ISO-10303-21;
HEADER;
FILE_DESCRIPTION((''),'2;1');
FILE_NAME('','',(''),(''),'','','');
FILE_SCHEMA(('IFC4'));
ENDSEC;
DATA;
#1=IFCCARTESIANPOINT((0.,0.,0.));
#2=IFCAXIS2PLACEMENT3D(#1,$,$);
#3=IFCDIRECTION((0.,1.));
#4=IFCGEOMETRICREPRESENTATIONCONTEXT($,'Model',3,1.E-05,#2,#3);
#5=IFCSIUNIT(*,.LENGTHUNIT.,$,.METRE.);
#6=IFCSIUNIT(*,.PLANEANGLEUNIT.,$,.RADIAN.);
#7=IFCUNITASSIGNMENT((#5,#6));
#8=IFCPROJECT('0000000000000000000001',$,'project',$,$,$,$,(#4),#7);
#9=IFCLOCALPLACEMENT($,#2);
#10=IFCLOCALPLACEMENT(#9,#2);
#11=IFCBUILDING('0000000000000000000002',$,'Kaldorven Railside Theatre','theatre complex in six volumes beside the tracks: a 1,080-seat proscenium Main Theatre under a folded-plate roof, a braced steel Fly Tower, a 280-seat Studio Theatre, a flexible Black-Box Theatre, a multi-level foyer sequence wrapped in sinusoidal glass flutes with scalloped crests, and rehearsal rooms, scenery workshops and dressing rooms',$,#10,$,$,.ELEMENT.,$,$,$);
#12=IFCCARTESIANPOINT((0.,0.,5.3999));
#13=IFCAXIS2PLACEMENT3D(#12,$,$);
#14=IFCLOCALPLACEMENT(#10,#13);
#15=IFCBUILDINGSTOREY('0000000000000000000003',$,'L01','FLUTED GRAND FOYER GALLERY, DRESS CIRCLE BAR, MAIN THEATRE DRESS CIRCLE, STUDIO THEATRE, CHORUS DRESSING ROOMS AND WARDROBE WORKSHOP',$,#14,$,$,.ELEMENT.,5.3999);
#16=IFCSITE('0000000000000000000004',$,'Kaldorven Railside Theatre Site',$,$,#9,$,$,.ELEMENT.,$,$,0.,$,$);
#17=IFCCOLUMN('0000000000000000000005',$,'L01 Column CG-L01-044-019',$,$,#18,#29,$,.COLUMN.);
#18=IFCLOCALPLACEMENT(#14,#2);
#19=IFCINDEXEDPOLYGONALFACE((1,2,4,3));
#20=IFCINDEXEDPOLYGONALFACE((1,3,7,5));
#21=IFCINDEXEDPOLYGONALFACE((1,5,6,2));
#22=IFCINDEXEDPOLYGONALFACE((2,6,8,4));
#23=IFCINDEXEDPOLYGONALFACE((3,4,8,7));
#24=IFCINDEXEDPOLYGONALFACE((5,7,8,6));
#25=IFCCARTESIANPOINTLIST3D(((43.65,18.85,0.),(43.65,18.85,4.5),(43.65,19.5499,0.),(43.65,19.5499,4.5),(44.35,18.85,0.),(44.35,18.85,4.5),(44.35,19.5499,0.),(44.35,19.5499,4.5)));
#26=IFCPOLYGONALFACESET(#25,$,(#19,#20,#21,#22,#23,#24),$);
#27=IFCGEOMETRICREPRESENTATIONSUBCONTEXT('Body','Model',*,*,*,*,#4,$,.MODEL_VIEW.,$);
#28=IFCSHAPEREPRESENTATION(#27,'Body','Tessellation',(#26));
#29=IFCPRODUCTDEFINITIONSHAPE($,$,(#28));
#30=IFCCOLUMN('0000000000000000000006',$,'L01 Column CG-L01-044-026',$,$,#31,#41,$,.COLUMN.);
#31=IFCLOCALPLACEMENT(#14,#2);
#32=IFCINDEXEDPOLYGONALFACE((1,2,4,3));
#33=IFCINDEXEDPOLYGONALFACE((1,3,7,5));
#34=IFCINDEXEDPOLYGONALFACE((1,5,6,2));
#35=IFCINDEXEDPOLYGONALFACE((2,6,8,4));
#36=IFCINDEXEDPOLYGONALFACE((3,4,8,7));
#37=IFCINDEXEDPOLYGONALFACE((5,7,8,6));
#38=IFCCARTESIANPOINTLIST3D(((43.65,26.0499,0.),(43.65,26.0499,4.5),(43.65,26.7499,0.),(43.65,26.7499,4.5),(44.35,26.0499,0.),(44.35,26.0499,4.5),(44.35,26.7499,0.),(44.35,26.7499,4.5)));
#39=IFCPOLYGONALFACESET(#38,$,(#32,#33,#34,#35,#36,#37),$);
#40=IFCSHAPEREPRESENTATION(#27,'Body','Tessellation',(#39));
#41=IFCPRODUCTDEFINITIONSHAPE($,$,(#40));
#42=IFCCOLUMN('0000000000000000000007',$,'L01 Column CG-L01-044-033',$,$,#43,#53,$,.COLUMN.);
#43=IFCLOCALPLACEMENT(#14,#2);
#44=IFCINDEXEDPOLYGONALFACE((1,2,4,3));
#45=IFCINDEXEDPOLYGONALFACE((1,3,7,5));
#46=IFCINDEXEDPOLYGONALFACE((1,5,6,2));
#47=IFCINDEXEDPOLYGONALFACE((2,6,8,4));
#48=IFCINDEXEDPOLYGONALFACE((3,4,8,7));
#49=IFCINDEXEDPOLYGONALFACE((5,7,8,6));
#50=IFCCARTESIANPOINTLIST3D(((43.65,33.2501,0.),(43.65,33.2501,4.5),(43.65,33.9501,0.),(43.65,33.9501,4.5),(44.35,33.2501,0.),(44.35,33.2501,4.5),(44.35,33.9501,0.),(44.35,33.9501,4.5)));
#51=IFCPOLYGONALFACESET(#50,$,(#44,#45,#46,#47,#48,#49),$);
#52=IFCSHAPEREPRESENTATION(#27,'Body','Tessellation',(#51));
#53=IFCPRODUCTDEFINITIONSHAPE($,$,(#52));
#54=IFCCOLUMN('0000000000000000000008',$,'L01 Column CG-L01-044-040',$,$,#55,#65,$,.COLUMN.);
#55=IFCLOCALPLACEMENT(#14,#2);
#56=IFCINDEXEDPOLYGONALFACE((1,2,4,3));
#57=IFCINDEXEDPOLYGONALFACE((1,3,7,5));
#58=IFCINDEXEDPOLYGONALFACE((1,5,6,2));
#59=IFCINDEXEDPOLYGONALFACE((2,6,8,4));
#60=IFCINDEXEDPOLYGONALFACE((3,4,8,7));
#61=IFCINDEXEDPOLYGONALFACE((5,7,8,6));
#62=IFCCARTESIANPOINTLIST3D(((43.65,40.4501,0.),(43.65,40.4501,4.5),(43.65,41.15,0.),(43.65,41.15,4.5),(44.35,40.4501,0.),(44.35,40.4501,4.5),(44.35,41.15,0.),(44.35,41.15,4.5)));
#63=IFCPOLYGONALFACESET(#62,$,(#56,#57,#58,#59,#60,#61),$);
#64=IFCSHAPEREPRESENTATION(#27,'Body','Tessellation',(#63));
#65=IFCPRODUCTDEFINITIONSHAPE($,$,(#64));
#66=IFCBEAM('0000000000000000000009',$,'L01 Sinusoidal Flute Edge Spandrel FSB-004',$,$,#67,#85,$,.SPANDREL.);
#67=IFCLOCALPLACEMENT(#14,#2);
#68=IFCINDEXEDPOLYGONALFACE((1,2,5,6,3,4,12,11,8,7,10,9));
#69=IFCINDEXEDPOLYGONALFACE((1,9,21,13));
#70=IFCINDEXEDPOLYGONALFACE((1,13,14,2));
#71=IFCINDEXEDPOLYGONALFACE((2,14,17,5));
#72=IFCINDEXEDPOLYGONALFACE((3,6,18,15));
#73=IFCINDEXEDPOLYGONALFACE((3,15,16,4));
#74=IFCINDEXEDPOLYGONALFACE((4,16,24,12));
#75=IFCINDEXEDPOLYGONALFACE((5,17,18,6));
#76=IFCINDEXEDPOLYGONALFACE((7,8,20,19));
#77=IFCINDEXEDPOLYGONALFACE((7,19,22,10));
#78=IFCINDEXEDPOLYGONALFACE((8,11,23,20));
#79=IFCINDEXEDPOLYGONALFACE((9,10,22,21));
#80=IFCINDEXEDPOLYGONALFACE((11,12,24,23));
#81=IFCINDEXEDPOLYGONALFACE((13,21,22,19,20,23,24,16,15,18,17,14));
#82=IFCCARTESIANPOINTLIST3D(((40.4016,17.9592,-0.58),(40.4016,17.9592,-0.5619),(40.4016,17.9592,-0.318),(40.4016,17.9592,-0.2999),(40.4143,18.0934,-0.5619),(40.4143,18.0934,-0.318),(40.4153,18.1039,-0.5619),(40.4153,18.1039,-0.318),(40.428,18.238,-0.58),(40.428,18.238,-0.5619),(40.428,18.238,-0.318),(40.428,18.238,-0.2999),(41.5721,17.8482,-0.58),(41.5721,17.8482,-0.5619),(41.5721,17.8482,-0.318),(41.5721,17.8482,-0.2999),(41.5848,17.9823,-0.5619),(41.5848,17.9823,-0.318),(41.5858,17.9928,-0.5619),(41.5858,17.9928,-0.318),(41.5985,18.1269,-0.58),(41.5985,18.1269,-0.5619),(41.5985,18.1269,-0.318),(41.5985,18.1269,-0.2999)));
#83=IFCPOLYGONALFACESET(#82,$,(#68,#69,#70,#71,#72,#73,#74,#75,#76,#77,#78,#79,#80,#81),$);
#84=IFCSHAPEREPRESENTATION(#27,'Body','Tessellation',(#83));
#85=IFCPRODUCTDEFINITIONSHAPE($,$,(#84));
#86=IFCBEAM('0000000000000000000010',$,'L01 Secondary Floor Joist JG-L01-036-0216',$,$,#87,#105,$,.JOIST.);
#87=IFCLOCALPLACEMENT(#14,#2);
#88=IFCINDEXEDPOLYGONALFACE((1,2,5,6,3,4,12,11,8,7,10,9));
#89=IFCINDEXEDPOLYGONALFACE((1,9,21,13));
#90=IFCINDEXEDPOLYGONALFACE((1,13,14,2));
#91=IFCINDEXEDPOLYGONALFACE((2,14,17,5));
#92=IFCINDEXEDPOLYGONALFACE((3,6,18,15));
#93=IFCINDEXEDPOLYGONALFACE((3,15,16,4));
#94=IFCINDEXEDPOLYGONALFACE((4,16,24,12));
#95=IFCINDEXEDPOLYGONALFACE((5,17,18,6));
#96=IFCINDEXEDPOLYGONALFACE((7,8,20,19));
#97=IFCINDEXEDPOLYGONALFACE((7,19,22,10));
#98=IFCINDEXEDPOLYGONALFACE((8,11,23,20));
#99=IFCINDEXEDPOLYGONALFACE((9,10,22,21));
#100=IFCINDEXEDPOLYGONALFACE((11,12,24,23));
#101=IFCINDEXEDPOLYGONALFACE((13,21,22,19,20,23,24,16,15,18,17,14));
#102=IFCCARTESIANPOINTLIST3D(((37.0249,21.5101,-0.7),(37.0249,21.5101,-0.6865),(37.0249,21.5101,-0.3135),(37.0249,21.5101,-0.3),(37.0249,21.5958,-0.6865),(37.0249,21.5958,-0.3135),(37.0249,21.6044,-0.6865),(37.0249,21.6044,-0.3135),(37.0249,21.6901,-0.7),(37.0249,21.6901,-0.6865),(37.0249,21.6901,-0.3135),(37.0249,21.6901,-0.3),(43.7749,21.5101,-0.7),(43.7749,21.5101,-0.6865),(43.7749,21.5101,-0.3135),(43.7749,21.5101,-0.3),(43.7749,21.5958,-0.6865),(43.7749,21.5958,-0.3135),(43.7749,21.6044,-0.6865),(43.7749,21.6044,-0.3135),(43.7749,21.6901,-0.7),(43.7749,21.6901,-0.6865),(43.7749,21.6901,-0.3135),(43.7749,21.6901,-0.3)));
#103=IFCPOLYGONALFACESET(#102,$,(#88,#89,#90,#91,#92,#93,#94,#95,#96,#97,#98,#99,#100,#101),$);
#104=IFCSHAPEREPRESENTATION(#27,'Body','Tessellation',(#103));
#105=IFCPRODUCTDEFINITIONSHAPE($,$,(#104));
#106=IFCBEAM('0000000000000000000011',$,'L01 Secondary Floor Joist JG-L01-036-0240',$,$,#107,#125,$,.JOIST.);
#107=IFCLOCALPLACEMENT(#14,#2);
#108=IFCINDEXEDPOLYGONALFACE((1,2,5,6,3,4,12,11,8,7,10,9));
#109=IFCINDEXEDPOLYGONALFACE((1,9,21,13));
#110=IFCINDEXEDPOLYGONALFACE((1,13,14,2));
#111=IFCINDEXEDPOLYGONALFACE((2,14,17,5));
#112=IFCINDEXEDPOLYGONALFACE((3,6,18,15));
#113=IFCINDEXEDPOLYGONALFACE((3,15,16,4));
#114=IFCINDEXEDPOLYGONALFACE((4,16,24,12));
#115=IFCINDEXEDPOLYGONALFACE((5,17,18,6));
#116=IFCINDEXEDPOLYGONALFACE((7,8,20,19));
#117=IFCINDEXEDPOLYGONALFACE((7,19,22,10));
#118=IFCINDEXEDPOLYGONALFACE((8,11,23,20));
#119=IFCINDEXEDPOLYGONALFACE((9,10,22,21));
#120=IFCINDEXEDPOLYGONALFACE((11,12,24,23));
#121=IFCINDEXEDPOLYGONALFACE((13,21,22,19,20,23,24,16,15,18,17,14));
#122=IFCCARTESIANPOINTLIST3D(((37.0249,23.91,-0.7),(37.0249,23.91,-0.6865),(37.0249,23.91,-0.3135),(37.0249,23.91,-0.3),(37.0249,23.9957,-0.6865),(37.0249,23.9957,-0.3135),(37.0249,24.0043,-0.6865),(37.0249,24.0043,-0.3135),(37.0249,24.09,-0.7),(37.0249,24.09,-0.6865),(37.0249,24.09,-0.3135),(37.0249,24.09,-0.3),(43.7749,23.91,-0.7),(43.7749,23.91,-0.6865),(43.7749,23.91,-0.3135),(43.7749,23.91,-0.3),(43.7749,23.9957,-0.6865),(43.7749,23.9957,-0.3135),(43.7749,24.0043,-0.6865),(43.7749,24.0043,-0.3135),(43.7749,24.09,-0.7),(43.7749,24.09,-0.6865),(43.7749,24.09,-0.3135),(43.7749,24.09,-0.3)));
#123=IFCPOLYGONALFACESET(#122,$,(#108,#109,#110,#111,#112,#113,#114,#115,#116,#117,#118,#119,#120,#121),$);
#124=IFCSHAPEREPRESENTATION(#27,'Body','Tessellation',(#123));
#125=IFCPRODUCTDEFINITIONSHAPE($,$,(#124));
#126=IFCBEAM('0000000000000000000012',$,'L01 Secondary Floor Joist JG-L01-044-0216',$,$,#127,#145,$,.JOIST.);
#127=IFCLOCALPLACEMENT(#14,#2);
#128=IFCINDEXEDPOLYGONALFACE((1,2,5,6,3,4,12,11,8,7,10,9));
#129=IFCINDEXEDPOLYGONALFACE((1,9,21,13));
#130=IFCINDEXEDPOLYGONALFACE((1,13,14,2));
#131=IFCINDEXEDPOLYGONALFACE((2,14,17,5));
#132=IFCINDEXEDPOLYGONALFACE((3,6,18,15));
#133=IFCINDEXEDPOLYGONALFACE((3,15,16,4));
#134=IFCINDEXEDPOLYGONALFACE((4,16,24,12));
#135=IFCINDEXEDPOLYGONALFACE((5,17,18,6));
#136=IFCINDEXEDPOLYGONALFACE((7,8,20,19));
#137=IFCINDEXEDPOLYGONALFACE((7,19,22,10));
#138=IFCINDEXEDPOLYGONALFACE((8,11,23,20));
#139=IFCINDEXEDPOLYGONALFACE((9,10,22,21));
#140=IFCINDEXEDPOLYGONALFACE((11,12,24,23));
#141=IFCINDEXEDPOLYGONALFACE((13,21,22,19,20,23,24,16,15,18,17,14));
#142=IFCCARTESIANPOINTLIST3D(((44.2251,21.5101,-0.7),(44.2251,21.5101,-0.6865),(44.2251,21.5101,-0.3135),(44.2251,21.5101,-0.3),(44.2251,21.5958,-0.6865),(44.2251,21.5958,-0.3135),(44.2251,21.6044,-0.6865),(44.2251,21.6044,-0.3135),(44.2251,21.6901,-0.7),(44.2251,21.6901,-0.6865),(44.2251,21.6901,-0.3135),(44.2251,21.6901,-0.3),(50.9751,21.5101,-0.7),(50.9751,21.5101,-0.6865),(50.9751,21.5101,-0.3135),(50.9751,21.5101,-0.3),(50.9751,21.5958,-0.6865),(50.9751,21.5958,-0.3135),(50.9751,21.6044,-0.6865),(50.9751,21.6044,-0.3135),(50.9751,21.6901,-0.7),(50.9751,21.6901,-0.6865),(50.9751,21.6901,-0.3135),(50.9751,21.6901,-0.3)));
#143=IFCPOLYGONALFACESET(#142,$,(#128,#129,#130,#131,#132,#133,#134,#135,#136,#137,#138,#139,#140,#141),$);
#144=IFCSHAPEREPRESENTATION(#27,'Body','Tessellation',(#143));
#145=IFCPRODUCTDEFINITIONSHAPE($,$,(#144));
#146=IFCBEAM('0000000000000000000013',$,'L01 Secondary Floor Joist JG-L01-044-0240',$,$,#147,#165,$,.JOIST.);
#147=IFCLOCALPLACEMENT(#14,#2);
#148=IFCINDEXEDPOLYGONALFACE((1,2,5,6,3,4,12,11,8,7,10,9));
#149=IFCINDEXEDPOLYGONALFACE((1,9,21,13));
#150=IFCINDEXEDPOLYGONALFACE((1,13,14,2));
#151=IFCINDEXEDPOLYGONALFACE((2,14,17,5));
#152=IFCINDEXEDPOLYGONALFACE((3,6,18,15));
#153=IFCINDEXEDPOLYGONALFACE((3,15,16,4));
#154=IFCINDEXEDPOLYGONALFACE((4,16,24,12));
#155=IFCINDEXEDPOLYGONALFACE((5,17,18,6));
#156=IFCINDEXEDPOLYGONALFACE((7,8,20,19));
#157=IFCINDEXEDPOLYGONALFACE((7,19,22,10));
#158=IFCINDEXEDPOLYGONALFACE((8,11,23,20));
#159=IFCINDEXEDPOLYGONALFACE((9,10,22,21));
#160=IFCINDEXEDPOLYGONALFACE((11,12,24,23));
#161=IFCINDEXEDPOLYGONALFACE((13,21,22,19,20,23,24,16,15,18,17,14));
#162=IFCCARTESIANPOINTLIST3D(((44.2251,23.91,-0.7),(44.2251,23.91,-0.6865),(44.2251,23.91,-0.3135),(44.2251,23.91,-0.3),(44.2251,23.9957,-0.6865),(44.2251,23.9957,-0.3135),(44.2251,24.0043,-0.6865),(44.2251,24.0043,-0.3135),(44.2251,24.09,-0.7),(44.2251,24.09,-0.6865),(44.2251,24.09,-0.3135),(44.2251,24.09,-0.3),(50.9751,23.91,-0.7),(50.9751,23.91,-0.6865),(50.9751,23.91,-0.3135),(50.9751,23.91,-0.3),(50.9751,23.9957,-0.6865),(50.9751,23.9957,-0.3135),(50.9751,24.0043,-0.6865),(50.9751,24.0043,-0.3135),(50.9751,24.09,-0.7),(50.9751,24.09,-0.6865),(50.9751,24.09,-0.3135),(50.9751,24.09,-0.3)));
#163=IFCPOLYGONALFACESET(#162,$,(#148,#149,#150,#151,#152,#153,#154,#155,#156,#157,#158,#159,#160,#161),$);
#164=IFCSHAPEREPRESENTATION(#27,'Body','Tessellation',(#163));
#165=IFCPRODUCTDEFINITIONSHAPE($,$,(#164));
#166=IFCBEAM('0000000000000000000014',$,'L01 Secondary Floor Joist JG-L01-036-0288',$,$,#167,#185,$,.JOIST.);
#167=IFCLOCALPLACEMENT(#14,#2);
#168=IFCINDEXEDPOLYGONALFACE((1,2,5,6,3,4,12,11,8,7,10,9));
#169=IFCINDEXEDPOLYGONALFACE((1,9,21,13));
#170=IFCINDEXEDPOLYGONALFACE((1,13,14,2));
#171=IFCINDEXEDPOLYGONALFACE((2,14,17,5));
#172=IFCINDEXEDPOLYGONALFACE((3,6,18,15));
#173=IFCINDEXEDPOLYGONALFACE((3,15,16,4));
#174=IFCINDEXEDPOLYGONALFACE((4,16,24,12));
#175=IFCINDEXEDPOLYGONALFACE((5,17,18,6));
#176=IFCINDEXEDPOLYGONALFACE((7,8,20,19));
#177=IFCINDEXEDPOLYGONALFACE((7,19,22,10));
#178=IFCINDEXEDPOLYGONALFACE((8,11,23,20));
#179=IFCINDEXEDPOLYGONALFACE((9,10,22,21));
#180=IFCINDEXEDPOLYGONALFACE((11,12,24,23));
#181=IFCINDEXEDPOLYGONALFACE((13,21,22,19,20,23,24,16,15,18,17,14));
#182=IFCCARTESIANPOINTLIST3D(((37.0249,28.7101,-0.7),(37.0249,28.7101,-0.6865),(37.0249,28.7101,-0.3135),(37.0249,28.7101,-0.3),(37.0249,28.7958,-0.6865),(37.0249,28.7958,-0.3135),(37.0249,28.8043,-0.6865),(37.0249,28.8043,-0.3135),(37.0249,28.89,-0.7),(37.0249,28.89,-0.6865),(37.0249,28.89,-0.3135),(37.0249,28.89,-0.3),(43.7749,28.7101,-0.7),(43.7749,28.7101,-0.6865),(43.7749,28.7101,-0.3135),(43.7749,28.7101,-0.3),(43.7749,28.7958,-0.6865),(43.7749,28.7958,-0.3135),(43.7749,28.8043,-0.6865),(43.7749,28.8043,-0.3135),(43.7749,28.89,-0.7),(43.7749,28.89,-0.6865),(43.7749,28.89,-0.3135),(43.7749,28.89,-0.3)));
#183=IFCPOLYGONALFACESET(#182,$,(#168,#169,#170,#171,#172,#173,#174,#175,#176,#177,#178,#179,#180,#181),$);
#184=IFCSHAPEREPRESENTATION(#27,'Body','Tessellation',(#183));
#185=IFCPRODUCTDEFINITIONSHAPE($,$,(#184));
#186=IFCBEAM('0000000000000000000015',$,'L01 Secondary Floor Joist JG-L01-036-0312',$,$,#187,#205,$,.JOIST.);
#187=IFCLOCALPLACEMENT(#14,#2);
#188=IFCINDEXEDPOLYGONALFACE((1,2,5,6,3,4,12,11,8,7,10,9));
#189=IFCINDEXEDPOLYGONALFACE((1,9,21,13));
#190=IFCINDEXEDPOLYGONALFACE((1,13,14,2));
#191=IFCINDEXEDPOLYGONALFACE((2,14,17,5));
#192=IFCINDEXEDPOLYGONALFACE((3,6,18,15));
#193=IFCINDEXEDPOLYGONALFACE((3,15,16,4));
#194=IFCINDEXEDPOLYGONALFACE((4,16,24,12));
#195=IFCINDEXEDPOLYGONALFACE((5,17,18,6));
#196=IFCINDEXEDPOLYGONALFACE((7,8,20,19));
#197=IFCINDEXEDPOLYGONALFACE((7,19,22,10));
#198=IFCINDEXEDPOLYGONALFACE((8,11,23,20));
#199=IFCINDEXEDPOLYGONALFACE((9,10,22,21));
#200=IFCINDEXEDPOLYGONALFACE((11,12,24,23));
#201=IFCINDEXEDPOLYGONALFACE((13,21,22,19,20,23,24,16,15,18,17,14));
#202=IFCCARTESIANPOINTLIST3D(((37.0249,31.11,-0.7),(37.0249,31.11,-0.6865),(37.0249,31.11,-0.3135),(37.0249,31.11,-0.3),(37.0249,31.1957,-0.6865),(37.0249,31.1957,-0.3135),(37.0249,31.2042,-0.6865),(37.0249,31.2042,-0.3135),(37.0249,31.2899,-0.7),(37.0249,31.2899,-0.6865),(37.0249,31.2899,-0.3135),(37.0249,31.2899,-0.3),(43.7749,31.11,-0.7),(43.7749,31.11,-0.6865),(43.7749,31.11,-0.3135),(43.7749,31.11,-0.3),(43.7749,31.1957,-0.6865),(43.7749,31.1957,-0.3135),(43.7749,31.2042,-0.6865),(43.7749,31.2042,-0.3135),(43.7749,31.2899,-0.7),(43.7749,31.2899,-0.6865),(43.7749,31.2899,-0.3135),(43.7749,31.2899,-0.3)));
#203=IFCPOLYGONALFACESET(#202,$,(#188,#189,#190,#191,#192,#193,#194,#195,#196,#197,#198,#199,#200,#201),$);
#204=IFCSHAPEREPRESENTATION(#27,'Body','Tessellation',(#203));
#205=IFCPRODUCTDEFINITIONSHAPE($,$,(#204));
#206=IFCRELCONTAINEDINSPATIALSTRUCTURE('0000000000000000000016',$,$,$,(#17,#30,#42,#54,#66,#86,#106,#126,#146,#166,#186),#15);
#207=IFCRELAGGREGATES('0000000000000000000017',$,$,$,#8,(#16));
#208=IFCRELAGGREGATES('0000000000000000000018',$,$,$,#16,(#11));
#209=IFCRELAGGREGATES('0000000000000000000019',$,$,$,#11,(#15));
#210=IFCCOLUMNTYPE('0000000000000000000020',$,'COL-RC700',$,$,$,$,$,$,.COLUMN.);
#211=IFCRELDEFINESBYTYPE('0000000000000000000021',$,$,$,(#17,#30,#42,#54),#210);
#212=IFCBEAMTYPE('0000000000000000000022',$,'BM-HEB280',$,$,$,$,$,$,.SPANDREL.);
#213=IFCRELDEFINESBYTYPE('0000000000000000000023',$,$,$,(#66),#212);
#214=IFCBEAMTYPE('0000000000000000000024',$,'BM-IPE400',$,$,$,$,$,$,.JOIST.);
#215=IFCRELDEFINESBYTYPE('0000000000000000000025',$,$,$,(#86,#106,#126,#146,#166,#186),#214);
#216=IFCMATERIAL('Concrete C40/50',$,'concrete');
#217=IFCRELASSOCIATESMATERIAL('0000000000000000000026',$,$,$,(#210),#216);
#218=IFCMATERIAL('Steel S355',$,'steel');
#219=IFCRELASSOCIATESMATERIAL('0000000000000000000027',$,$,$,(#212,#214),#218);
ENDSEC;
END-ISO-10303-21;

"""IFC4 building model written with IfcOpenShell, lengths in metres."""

from ifc_helpers import new_model, si_unit, direction, frame, origin, origin_2d, place, context, subcontext, project, spatial, rectangle, i_section, extrude, material, material_profile, profile_set, type_object, element, save


model = new_model("IFC4")

# Units and contexts
model_context = context("Model", 3, precision=1e-05, world=origin(), true_north=direction((0.0, 1.0)))
body_context = subcontext(model_context, "Body", "Model", "MODEL_VIEW")
ifc_project = project(units=[si_unit("LENGTHUNIT", "METRE"), si_unit("PLANEANGLEUNIT", "RADIAN")], contexts=[model_context])

# Site, building, storey
site_placement = place(None, origin())
site = spatial("IfcSite", under=ifc_project, at=site_placement, Name="Kaldorven Railside Theatre Site", CompositionType="ELEMENT", RefElevation=0.0)
building_placement = place(site_placement, origin())
building = spatial("IfcBuilding", under=site, at=building_placement, Name="Kaldorven Railside Theatre", Description="theatre complex in six volumes beside the tracks: a 1,080-seat proscenium Main Theatre under a folded-plate roof, a braced steel Fly Tower, a 280-seat Studio Theatre, a flexible Black-Box Theatre, a multi-level foyer sequence wrapped in sinusoidal glass flutes with scalloped crests, and rehearsal rooms, scenery workshops and dressing rooms", CompositionType="ELEMENT")
storey_placement = place(building_placement, frame((0.0, 0.0, 5.3999)))
storey = spatial("IfcBuildingStorey", under=building, at=storey_placement, Name="L01", Description="FLUTED GRAND FOYER GALLERY, DRESS CIRCLE BAR, MAIN THEATRE DRESS CIRCLE, STUDIO THEATRE, CHORUS DRESSING ROOMS AND WARDROBE WORKSHOP", CompositionType="ELEMENT", Elevation=5.3999)

# Columns
ifc_material_1 = material(Name="Concrete C40/50", Category="concrete")
ifc_material_profile_1 = material_profile(ifc_material_1, rectangle(XDim=0.7, YDim=0.7, at=origin_2d()), Name="RC 700x700")
ifc_profile_set_1 = profile_set([ifc_material_profile_1], Name="Concrete C40/50")
column_type = type_object("IfcColumnType", Name="COL-RC700", PredefinedType="COLUMN", material=ifc_profile_set_1)
for number, where, z_axis, x_axis, name in (
    (1, (44.0, 19.2, 0.0), (0.0, 0.0, 1.0), (0.0, 1.0, 0.0), "L01 Column CG-L01-044-019"),
    (2, (44.0, 26.3999, 0.0), (0.0, 0.0, 1.0), (1.0, 0.0, 0.0), "L01 Column CG-L01-044-026"),
    (3, (44.0, 33.6001, 0.0), (0.0, 0.0, 1.0), (0.0, 1.0, 0.0), "L01 Column CG-L01-044-033"),
    (4, (44.0, 40.8, 0.0), (0.0, 0.0, 1.0), (1.0, 0.0, 0.0), "L01 Column CG-L01-044-040"),
):
    element("IfcColumn", number, at=place(storey_placement, frame(where, z_axis=z_axis, x_axis=x_axis)), inside=storey, type_object=column_type, Name=name, PredefinedType="COLUMN", context=body_context, shape_type="SweptSolid", body=[
        extrude(rectangle(XDim=0.7, YDim=0.7, at=origin_2d()), origin(), (0.0, 0.0, 1.0), 4.5),
    ])

# Beams
ifc_material_2 = material(Name="Steel S355", Category="steel")
ifc_material_profile_2 = material_profile(ifc_material_2, i_section(OverallWidth=0.28, OverallDepth=0.28, WebThickness=0.0105, FlangeThickness=0.0181, at=origin_2d()), Name="HEB 280")
ifc_profile_set_2 = profile_set([ifc_material_profile_2], Name="Steel S355")
beam_type_1 = type_object("IfcBeamType", Name="BM-HEB280", PredefinedType="SPANDREL", material=ifc_profile_set_2)
beam_placement = place(storey_placement, frame((40.4148, 18.0986, -0.4399), z_axis=(0.995526, -0.094486, 0.0), x_axis=(0.094486, 0.995526, 0.0)))
element("IfcBeam", 5, at=beam_placement, inside=storey, type_object=beam_type_1, Name="L01 Sinusoidal Flute Edge Spandrel FSB-004", PredefinedType="SPANDREL", context=body_context, shape_type="SweptSolid", body=[
    extrude(i_section(OverallWidth=0.28, OverallDepth=0.28, WebThickness=0.0105, FlangeThickness=0.0181, at=origin_2d()), origin(), (0.0, 0.0, 1.0), 1.1758),
])
ifc_material_profile_3 = material_profile(ifc_material_2, i_section(OverallWidth=0.1799, OverallDepth=0.3999, WebThickness=0.0085, FlangeThickness=0.0134, at=origin_2d()), Name="IPE 400")
ifc_profile_set_3 = profile_set([ifc_material_profile_3], Name="Steel S355")
beam_type_2 = type_object("IfcBeamType", Name="BM-IPE400", PredefinedType="JOIST", material=ifc_profile_set_3)
for number, where, z_axis, x_axis, name in (
    (6, (37.0249, 21.6001, -0.5), (1.0, 0.0, 0.0), (0.0, 1.0, 0.0), "L01 Secondary Floor Joist JG-L01-036-0216"),
    (7, (37.0249, 24.0, -0.5), (1.0, 0.0, 0.0), (0.0, 1.0, 0.0), "L01 Secondary Floor Joist JG-L01-036-0240"),
    (8, (44.2251, 21.6001, -0.5), (1.0, 0.0, 0.0), (0.0, 1.0, 0.0), "L01 Secondary Floor Joist JG-L01-044-0216"),
    (9, (44.2251, 24.0, -0.5), (1.0, 0.0, 0.0), (0.0, 1.0, 0.0), "L01 Secondary Floor Joist JG-L01-044-0240"),
    (10, (37.0249, 28.8, -0.5), (1.0, 0.0, 0.0), (0.0, 1.0, 0.0), "L01 Secondary Floor Joist JG-L01-036-0288"),
    (11, (37.0249, 31.2, -0.5), (1.0, 0.0, 0.0), (0.0, 1.0, 0.0), "L01 Secondary Floor Joist JG-L01-036-0312"),
):
    element("IfcBeam", number, at=place(storey_placement, frame(where, z_axis=z_axis, x_axis=x_axis)), inside=storey, type_object=beam_type_2, Name=name, PredefinedType="JOIST", context=body_context, shape_type="SweptSolid", body=[
        extrude(i_section(OverallWidth=0.1799, OverallDepth=0.3999, WebThickness=0.0085, FlangeThickness=0.0134, at=origin_2d()), origin(), (0.0, 0.0, 1.0), 6.75),
    ])

save(model, "model.ifc")
